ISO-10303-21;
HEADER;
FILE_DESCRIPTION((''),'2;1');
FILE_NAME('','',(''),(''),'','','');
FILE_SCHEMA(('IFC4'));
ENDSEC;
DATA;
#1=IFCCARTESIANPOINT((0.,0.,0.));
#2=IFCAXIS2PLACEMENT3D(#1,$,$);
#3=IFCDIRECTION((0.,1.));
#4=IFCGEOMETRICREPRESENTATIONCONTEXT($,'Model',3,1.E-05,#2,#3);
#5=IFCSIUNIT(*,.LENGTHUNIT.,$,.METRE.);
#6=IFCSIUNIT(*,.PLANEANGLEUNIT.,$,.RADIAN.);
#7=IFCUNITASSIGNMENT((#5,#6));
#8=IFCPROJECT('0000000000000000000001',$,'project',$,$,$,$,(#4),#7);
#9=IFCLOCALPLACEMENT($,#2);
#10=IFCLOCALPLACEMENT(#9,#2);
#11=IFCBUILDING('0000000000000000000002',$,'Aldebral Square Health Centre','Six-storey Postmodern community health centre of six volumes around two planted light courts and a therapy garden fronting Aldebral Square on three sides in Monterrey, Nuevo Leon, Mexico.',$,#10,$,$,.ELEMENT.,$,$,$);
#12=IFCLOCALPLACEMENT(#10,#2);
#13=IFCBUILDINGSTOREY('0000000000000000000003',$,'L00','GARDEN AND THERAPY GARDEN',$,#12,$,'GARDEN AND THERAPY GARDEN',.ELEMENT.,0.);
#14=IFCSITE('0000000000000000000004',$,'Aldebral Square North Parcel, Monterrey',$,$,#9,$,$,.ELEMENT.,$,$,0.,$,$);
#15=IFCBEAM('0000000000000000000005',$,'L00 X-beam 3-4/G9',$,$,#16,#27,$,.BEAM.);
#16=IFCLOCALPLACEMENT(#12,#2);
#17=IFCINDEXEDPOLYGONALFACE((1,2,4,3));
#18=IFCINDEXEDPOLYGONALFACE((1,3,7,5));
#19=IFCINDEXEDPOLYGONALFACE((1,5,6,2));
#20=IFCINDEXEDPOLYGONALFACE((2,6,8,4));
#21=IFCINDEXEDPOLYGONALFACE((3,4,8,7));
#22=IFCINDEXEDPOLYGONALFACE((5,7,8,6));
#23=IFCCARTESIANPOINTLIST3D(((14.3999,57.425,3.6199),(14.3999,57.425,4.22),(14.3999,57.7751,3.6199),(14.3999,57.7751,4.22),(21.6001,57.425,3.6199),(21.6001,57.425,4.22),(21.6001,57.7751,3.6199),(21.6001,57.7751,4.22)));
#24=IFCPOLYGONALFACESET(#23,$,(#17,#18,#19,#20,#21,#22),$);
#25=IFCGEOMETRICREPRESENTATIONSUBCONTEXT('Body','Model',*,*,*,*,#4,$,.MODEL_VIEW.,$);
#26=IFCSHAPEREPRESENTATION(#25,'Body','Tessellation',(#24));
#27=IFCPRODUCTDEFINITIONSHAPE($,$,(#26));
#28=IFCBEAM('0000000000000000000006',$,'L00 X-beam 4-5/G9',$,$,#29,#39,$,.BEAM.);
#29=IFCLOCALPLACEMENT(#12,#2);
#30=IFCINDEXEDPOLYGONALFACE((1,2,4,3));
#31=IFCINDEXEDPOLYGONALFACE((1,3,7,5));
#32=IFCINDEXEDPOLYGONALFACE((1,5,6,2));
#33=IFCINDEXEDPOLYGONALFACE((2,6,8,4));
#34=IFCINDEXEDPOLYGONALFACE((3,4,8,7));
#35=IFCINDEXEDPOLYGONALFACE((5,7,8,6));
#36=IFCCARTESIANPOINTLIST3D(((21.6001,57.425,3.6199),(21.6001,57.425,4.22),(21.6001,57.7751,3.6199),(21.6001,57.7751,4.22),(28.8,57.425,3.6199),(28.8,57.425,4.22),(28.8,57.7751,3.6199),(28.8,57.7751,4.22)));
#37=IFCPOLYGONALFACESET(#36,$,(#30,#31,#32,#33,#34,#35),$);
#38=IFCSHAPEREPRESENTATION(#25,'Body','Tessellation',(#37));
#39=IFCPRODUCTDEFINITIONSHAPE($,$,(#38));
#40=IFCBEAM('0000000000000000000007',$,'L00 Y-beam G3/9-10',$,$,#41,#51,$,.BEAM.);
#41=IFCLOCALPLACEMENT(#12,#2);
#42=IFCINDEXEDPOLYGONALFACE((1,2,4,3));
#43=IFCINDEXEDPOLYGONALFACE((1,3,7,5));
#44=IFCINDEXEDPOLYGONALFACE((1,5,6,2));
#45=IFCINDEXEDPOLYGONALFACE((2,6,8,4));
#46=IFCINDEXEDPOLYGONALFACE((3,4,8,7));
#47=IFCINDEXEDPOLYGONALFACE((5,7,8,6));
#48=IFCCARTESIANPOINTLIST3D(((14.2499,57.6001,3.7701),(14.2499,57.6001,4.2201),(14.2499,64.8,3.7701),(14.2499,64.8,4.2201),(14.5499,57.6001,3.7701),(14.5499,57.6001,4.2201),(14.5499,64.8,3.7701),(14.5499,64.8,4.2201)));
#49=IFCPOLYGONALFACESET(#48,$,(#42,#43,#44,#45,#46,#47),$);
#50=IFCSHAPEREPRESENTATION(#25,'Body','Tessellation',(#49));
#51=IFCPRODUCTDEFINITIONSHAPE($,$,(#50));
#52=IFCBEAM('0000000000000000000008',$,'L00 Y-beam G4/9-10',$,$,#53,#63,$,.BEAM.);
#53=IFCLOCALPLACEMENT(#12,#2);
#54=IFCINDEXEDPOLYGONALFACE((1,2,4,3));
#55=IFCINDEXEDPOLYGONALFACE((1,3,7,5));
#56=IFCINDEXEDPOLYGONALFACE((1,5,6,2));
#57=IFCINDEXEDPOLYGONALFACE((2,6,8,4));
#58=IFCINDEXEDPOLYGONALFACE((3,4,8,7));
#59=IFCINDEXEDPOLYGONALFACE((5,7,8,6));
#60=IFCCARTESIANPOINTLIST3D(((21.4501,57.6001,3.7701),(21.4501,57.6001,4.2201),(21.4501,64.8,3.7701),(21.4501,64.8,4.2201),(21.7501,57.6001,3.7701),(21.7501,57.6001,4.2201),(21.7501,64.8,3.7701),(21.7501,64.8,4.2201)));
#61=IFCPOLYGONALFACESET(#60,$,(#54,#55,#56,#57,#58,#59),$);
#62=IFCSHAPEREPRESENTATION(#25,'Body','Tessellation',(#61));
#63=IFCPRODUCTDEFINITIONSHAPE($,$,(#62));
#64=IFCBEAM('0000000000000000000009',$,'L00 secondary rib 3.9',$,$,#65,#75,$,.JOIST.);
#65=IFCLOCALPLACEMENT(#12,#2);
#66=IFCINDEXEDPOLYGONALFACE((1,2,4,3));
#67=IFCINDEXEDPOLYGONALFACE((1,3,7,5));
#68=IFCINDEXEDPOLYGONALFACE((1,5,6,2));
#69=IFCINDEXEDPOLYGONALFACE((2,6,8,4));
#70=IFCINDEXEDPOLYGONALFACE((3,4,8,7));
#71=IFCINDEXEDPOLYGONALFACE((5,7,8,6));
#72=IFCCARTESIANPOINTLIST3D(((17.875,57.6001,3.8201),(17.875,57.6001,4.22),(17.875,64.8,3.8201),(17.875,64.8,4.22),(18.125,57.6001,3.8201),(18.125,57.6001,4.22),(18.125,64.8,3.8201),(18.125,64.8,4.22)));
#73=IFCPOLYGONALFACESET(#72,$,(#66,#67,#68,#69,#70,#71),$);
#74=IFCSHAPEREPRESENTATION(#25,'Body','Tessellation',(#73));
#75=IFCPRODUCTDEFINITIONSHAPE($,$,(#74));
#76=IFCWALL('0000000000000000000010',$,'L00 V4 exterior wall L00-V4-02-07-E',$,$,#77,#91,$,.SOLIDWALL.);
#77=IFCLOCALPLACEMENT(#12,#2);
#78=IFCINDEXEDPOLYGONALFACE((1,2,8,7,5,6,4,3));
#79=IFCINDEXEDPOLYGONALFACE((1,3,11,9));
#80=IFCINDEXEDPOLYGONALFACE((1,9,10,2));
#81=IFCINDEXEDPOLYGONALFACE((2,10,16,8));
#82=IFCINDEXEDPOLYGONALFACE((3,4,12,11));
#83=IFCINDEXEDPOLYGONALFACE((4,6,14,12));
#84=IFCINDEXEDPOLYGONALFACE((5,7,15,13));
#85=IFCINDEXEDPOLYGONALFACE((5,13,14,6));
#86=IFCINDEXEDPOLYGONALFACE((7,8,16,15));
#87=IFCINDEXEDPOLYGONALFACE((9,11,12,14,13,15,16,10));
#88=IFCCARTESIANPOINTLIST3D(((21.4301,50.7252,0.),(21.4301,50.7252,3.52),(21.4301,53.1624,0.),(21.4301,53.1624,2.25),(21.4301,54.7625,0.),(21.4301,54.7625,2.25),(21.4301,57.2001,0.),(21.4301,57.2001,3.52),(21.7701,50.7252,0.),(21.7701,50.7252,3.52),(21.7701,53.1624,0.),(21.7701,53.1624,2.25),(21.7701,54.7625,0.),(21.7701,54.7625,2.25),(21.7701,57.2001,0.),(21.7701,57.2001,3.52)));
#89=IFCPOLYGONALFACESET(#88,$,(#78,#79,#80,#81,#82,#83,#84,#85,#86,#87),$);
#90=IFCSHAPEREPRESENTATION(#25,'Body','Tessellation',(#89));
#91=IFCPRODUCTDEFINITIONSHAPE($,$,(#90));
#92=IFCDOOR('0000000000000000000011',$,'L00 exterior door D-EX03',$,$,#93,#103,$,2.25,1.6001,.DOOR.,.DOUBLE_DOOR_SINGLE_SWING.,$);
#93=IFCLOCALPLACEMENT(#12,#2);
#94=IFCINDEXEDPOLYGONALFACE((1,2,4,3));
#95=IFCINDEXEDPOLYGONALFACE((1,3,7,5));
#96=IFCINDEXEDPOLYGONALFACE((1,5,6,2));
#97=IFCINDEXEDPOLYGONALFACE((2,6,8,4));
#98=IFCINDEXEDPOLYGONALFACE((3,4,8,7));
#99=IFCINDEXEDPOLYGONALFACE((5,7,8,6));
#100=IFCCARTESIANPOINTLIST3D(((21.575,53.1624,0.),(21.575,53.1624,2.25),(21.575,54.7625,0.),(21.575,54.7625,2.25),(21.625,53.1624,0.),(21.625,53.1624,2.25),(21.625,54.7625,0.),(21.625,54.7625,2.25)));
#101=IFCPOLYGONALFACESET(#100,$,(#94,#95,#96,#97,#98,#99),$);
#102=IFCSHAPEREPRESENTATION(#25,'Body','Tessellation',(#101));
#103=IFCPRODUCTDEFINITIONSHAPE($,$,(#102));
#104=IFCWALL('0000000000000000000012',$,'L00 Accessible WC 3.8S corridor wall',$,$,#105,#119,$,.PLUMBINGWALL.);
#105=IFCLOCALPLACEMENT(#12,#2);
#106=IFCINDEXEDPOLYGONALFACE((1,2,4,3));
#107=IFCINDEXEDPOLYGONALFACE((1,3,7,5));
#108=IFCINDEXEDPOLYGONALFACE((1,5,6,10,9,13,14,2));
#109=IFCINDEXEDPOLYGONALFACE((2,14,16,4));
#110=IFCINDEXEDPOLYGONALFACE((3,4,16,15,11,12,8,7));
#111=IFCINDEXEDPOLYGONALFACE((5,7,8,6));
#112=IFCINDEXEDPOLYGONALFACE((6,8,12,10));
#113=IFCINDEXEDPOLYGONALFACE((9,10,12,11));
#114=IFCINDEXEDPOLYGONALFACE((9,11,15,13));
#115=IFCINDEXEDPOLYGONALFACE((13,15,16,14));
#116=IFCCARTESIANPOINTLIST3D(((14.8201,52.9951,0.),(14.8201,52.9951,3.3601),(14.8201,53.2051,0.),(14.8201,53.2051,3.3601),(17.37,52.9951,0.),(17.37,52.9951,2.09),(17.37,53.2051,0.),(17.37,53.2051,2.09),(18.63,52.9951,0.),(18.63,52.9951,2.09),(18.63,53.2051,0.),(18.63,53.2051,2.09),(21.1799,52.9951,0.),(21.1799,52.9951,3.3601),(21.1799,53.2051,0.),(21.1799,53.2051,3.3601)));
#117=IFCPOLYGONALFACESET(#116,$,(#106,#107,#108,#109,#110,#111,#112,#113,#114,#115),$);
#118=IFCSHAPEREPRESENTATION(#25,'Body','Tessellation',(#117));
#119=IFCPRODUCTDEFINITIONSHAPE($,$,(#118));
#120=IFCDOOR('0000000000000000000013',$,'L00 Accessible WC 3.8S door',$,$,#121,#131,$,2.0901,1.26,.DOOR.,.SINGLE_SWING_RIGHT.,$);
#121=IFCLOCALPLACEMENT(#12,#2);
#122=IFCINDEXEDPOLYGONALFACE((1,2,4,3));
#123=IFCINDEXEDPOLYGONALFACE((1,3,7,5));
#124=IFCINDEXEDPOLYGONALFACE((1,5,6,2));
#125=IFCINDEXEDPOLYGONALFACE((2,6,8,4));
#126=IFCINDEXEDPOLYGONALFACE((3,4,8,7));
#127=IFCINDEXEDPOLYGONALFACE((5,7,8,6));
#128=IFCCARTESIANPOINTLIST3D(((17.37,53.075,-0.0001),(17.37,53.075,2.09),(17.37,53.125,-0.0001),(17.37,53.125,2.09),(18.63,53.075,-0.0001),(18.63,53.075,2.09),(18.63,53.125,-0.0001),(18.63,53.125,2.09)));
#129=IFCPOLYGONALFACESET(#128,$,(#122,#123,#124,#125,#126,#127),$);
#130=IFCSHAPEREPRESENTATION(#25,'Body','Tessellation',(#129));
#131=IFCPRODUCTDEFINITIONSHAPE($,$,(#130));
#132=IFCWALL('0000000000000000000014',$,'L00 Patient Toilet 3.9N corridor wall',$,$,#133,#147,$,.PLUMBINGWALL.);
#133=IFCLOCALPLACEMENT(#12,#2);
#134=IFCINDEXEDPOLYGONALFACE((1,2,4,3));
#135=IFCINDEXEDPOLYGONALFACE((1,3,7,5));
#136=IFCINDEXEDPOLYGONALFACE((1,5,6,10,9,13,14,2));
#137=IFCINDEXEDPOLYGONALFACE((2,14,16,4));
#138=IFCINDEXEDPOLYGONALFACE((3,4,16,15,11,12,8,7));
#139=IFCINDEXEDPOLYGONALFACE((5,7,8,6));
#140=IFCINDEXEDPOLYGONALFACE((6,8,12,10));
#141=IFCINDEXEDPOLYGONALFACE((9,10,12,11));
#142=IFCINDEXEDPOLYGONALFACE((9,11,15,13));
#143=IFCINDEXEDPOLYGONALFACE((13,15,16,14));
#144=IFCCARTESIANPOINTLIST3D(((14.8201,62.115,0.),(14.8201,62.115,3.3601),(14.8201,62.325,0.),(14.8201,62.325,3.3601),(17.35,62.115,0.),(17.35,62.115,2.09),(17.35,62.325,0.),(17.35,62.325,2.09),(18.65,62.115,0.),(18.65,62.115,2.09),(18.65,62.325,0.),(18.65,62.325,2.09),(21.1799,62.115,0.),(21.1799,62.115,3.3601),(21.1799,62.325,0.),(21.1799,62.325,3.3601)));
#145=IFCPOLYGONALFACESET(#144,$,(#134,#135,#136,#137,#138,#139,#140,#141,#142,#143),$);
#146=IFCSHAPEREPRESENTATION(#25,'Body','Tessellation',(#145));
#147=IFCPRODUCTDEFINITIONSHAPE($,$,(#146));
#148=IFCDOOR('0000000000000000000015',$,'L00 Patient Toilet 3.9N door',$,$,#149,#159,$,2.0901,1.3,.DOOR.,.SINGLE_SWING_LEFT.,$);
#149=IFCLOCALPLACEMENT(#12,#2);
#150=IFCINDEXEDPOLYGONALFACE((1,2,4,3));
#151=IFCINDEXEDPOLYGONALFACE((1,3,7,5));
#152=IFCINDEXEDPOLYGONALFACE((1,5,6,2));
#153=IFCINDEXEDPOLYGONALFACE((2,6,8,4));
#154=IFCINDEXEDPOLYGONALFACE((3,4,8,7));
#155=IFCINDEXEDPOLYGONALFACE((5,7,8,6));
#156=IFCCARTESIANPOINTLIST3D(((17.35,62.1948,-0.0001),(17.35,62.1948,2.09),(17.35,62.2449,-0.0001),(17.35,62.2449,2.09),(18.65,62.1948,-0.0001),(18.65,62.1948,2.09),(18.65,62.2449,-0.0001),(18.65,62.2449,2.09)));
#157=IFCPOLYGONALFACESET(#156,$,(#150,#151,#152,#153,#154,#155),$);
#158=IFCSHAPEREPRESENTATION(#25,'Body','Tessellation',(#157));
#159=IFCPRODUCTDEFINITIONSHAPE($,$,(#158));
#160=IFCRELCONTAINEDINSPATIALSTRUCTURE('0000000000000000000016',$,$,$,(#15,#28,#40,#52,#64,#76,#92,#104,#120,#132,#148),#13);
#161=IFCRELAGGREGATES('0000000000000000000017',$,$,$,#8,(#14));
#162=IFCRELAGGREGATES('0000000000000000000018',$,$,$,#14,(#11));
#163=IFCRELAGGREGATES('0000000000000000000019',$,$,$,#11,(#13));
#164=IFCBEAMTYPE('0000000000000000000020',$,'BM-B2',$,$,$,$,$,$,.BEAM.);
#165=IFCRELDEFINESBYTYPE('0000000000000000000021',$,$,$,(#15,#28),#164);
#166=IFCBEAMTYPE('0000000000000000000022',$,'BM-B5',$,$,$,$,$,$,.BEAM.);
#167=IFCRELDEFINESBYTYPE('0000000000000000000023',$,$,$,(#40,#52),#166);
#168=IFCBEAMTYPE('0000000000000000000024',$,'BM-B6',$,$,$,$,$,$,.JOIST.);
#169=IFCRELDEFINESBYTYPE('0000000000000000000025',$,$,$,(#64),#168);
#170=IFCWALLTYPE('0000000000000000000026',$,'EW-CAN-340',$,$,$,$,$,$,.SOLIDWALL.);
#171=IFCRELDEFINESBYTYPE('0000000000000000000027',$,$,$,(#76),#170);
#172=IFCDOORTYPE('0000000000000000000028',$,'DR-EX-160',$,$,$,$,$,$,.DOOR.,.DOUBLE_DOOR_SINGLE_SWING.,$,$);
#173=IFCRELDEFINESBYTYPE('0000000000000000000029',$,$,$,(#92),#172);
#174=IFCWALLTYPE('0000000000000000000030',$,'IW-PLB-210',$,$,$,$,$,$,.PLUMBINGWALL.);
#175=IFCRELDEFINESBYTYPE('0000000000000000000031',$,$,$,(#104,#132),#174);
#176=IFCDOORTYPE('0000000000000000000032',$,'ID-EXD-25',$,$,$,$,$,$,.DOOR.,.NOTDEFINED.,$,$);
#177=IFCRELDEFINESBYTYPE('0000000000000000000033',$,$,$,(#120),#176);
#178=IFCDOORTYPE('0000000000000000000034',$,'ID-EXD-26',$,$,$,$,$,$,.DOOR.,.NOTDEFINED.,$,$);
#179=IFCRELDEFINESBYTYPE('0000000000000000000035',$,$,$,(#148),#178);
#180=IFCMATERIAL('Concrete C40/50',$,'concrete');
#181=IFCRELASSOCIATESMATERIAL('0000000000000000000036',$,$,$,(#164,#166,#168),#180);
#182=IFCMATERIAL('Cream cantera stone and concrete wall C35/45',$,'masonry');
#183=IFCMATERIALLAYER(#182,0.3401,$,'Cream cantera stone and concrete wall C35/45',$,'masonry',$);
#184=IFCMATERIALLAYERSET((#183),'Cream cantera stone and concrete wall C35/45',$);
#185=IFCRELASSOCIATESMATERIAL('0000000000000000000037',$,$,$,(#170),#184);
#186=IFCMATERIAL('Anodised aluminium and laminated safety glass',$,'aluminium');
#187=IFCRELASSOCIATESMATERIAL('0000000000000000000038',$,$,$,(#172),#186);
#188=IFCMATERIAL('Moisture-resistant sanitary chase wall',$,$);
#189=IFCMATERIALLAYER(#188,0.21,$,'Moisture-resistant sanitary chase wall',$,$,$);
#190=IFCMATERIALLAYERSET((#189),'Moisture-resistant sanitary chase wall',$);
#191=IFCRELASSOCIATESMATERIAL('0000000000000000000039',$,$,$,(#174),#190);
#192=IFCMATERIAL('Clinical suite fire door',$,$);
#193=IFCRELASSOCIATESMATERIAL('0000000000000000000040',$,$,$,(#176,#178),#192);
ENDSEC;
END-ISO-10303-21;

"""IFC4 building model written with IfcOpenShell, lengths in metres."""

from ifc_helpers import new_model, si_unit, direction, frame, frame_2d, origin, origin_2d, place, context, subcontext, project, spatial, rectangle, extrude, material, layer, layer_set, material_profile, profile_set, type_object, element, fill, save


model = new_model("IFC4")

# Units and contexts
model_context = context("Model", 3, precision=1e-05, world=origin(), true_north=direction((0.0, 1.0)))
body_context = subcontext(model_context, "Body", "Model", "MODEL_VIEW")
ifc_project = project(units=[si_unit("LENGTHUNIT", "METRE"), si_unit("PLANEANGLEUNIT", "RADIAN")], contexts=[model_context])

# Site, building, storey
site_placement = place(None, origin())
site = spatial("IfcSite", under=ifc_project, at=site_placement, Name="Aldebral Square North Parcel, Monterrey", CompositionType="ELEMENT", RefElevation=0.0)
building_placement = place(site_placement, origin())
building = spatial("IfcBuilding", under=site, at=building_placement, Name="Aldebral Square Health Centre", Description="Six-storey Postmodern community health centre of six volumes around two planted light courts and a therapy garden fronting Aldebral Square on three sides in Monterrey, Nuevo Leon, Mexico.", CompositionType="ELEMENT")
storey_placement = place(building_placement, origin())
storey = spatial("IfcBuildingStorey", under=building, at=storey_placement, Name="L00", Description="GARDEN AND THERAPY GARDEN", LongName="GARDEN AND THERAPY GARDEN", CompositionType="ELEMENT", Elevation=0.0)

# Shared definitions
ifc_material_1 = material(Name="Concrete C40/50", Category="concrete")

# Beams
ifc_material_profile_1 = material_profile(ifc_material_1, rectangle(XDim=0.3501, YDim=0.6001, at=origin_2d()), Name="RC 350x600")
ifc_profile_set_1 = profile_set([ifc_material_profile_1], Name="Concrete C40/50")
beam_type_1 = type_object("IfcBeamType", Name="BM-B2", PredefinedType="BEAM", material=ifc_profile_set_1)
beam_1_placement = place(storey_placement, frame((14.3999, 57.6001, 3.9199), z_axis=(1.0, 0.0, 0.0), x_axis=(0.0, 1.0, 0.0)))
element("IfcBeam", 1, at=beam_1_placement, inside=storey, type_object=beam_type_1, Name="L00 X-beam 3-4/G9", PredefinedType="BEAM", context=body_context, shape_type="SweptSolid", body=[
    extrude(rectangle(XDim=0.3501, YDim=0.6001, at=origin_2d()), origin(), (0.0, 0.0, 1.0), 7.2002),
])
beam_2_placement = place(storey_placement, frame((21.6001, 57.6001, 3.9199), z_axis=(1.0, 0.0, 0.0), x_axis=(0.0, 1.0, 0.0)))
element("IfcBeam", 2, at=beam_2_placement, inside=storey, type_object=beam_type_1, Name="L00 X-beam 4-5/G9", PredefinedType="BEAM", context=body_context, shape_type="SweptSolid", body=[
    extrude(rectangle(XDim=0.3501, YDim=0.6001, at=origin_2d()), origin(), (0.0, 0.0, 1.0), 7.2),
])
ifc_material_profile_2 = material_profile(ifc_material_1, rectangle(XDim=0.3, YDim=0.45, at=origin_2d()), Name="RC 300x450")
ifc_profile_set_2 = profile_set([ifc_material_profile_2], Name="Concrete C40/50")
beam_type_2 = type_object("IfcBeamType", Name="BM-B5", PredefinedType="BEAM", material=ifc_profile_set_2)
for number, where, z_axis, x_axis, name in (
    (3, (14.3999, 57.6001, 3.9951), (0.0, 1.0, 0.0), (-1.0, 0.0, 0.0), "L00 Y-beam G3/9-10"),
    (4, (21.6001, 57.6001, 3.9951), (0.0, 1.0, 0.0), (-1.0, 0.0, 0.0), "L00 Y-beam G4/9-10"),
):
    element("IfcBeam", number, at=place(storey_placement, frame(where, z_axis=z_axis, x_axis=x_axis)), inside=storey, type_object=beam_type_2, Name=name, PredefinedType="BEAM", context=body_context, shape_type="SweptSolid", body=[
        extrude(rectangle(XDim=0.3, YDim=0.45, at=origin_2d()), origin(), (0.0, 0.0, 1.0), 7.2),
    ])
ifc_material_profile_3 = material_profile(ifc_material_1, rectangle(XDim=0.25, YDim=0.3999, at=origin_2d()), Name="RC 250x400")
ifc_profile_set_3 = profile_set([ifc_material_profile_3], Name="Concrete C40/50")
beam_type_3 = type_object("IfcBeamType", Name="BM-B6", PredefinedType="JOIST", material=ifc_profile_set_3)
beam_3_placement = place(storey_placement, frame((18.0, 57.6001, 4.02), z_axis=(0.0, 1.0, 0.0), x_axis=(-1.0, 0.0, 0.0)))
element("IfcBeam", 5, at=beam_3_placement, inside=storey, type_object=beam_type_3, Name="L00 secondary rib 3.9", PredefinedType="JOIST", context=body_context, shape_type="SweptSolid", body=[
    extrude(rectangle(XDim=0.25, YDim=0.3999, at=origin_2d()), origin(), (0.0, 0.0, 1.0), 7.2),
])

# Walls, openings, doors
ifc_material_2 = material(Name="Cream cantera stone and concrete wall C35/45", Category="masonry")
ifc_layer_1 = layer(ifc_material_2, 0.3401, Name="Cream cantera stone and concrete wall C35/45", Category="masonry")
ifc_layer_set_1 = layer_set([ifc_layer_1], Name="Cream cantera stone and concrete wall C35/45")
wall_type_1 = type_object("IfcWallType", Name="EW-CAN-340", PredefinedType="SOLIDWALL", material=ifc_layer_set_1)
wall_1_placement = place(storey_placement, frame((21.6001, 57.2, 0.0), z_axis=(0.0, 0.0, 1.0), x_axis=(0.0, -1.0, 0.0)))
wall_1 = element("IfcWall", 6, at=wall_1_placement, inside=storey, type_object=wall_type_1, Name="L00 V4 exterior wall L00-V4-02-07-E", PredefinedType="SOLIDWALL", context=body_context, shape_type="SweptSolid", body=[
    extrude(rectangle(XDim=6.4749, YDim=0.3401, at=frame_2d((3.2373, 0.0))), origin(), (0.0, 0.0, 1.0), 3.52),
])
opening_1_placement = place(wall_1_placement, frame((2.4375, 0.0, 0.0)))
opening_1 = element("IfcOpeningElement", 7, at=opening_1_placement, cuts=wall_1, PredefinedType="OPENING", context=body_context, shape_type="SweptSolid", body=[
    extrude(rectangle(XDim=1.6001, YDim=2.25, at=frame_2d((0.8, 1.125))), frame((0.0, 0.1802, 0.0), z_axis=(0.0, -1.0, 0.0), x_axis=(1.0, 0.0, 0.0)), (0.0, 0.0, 1.0), 0.3601),
])
ifc_material_3 = material(Name="Anodised aluminium and laminated safety glass", Category="aluminium")
door_type_1 = type_object("IfcDoorType", Name="DR-EX-160", OperationType="DOUBLE_DOOR_SINGLE_SWING", PredefinedType="DOOR", material=ifc_material_3)
door_1_placement = place(opening_1_placement, origin())
door_1 = element("IfcDoor", 8, at=door_1_placement, inside=storey, type_object=door_type_1, Name="L00 exterior door D-EX03", OperationType="DOUBLE_DOOR_SINGLE_SWING", OverallHeight=2.25, OverallWidth=1.6001, PredefinedType="DOOR", context=body_context, shape_type="SweptSolid", body=[
    extrude(rectangle(XDim=1.6001, YDim=2.25, at=frame_2d((0.8, 1.125))), frame((0.0, 0.0249, 0.0), z_axis=(0.0, -1.0, 0.0), x_axis=(1.0, 0.0, 0.0)), (0.0, 0.0, 1.0), 0.05),
])
fill(opening_1, door_1)
ifc_material_4 = material(Name="Moisture-resistant sanitary chase wall")
ifc_layer_2 = layer(ifc_material_4, 0.21, Name="Moisture-resistant sanitary chase wall")
ifc_layer_set_2 = layer_set([ifc_layer_2], Name="Moisture-resistant sanitary chase wall")
wall_type_2 = type_object("IfcWallType", Name="IW-PLB-210", PredefinedType="PLUMBINGWALL", material=ifc_layer_set_2)
wall_2_placement = place(storey_placement, frame((14.8201, 53.1001, 0.0), z_axis=(0.0, 0.0, 1.0), x_axis=(1.0, 0.0, 0.0)))
wall_2 = element("IfcWall", 9, at=wall_2_placement, inside=storey, type_object=wall_type_2, Name="L00 Accessible WC 3.8S corridor wall", PredefinedType="PLUMBINGWALL", context=body_context, shape_type="SweptSolid", body=[
    extrude(rectangle(XDim=6.3599, YDim=0.21, at=frame_2d((3.1799, 0.0))), origin(), (0.0, 0.0, 1.0), 3.3601),
])
opening_2_placement = place(wall_2_placement, frame((2.55, 0.0, 0.0)))
opening_2 = element("IfcOpeningElement", 10, at=opening_2_placement, cuts=wall_2, PredefinedType="OPENING", context=body_context, shape_type="SweptSolid", body=[
    extrude(rectangle(XDim=1.26, YDim=2.0901, at=frame_2d((0.6299, 1.0449))), frame((0.0, 0.115, 0.0), z_axis=(0.0, -1.0, 0.0), x_axis=(1.0, 0.0, 0.0)), (0.0, 0.0, 1.0), 0.23),
])
ifc_material_5 = material(Name="Clinical suite fire door")
door_type_2 = type_object("IfcDoorType", Name="ID-EXD-25", OperationType="NOTDEFINED", PredefinedType="DOOR", material=ifc_material_5)
door_2_placement = place(opening_2_placement, origin())
door_2 = element("IfcDoor", 11, at=door_2_placement, inside=storey, type_object=door_type_2, Name="L00 Accessible WC 3.8S door", OperationType="SINGLE_SWING_RIGHT", OverallHeight=2.0901, OverallWidth=1.26, PredefinedType="DOOR", context=body_context, shape_type="SweptSolid", body=[
    extrude(rectangle(XDim=1.26, YDim=2.0901, at=frame_2d((0.6299, 1.0449))), frame((0.0, 0.0249, 0.0), z_axis=(0.0, -1.0, 0.0), x_axis=(1.0, 0.0, 0.0)), (0.0, 0.0, 1.0), 0.05),
])
fill(opening_2, door_2)
wall_3_placement = place(storey_placement, frame((14.8201, 62.22, 0.0), z_axis=(0.0, 0.0, 1.0), x_axis=(1.0, 0.0, 0.0)))
wall_3 = element("IfcWall", 12, at=wall_3_placement, inside=storey, type_object=wall_type_2, Name="L00 Patient Toilet 3.9N corridor wall", PredefinedType="PLUMBINGWALL", context=body_context, shape_type="SweptSolid", body=[
    extrude(rectangle(XDim=6.3599, YDim=0.21, at=frame_2d((3.1799, 0.0))), origin(), (0.0, 0.0, 1.0), 3.3601),
])
opening_3_placement = place(wall_3_placement, frame((2.53, 0.0, 0.0)))
opening_3 = element("IfcOpeningElement", 13, at=opening_3_placement, cuts=wall_3, PredefinedType="OPENING", context=body_context, shape_type="SweptSolid", body=[
    extrude(rectangle(XDim=1.3, YDim=2.0901, at=frame_2d((0.6499, 1.0449))), frame((0.0, 0.115, 0.0), z_axis=(0.0, -1.0, 0.0), x_axis=(1.0, 0.0, 0.0)), (0.0, 0.0, 1.0), 0.23),
])
door_type_3 = type_object("IfcDoorType", Name="ID-EXD-26", OperationType="NOTDEFINED", PredefinedType="DOOR", material=ifc_material_5)
door_3_placement = place(opening_3_placement, origin())
door_3 = element("IfcDoor", 14, at=door_3_placement, inside=storey, type_object=door_type_3, Name="L00 Patient Toilet 3.9N door", OperationType="SINGLE_SWING_LEFT", OverallHeight=2.0901, OverallWidth=1.3, PredefinedType="DOOR", context=body_context, shape_type="SweptSolid", body=[
    extrude(rectangle(XDim=1.3, YDim=2.0901, at=frame_2d((0.6499, 1.0449))), frame((0.0, 0.0249, 0.0), z_axis=(0.0, -1.0, 0.0), x_axis=(1.0, 0.0, 0.0)), (0.0, 0.0, 1.0), 0.05),
])
fill(opening_3, door_3)

save(model, "model.ifc")
